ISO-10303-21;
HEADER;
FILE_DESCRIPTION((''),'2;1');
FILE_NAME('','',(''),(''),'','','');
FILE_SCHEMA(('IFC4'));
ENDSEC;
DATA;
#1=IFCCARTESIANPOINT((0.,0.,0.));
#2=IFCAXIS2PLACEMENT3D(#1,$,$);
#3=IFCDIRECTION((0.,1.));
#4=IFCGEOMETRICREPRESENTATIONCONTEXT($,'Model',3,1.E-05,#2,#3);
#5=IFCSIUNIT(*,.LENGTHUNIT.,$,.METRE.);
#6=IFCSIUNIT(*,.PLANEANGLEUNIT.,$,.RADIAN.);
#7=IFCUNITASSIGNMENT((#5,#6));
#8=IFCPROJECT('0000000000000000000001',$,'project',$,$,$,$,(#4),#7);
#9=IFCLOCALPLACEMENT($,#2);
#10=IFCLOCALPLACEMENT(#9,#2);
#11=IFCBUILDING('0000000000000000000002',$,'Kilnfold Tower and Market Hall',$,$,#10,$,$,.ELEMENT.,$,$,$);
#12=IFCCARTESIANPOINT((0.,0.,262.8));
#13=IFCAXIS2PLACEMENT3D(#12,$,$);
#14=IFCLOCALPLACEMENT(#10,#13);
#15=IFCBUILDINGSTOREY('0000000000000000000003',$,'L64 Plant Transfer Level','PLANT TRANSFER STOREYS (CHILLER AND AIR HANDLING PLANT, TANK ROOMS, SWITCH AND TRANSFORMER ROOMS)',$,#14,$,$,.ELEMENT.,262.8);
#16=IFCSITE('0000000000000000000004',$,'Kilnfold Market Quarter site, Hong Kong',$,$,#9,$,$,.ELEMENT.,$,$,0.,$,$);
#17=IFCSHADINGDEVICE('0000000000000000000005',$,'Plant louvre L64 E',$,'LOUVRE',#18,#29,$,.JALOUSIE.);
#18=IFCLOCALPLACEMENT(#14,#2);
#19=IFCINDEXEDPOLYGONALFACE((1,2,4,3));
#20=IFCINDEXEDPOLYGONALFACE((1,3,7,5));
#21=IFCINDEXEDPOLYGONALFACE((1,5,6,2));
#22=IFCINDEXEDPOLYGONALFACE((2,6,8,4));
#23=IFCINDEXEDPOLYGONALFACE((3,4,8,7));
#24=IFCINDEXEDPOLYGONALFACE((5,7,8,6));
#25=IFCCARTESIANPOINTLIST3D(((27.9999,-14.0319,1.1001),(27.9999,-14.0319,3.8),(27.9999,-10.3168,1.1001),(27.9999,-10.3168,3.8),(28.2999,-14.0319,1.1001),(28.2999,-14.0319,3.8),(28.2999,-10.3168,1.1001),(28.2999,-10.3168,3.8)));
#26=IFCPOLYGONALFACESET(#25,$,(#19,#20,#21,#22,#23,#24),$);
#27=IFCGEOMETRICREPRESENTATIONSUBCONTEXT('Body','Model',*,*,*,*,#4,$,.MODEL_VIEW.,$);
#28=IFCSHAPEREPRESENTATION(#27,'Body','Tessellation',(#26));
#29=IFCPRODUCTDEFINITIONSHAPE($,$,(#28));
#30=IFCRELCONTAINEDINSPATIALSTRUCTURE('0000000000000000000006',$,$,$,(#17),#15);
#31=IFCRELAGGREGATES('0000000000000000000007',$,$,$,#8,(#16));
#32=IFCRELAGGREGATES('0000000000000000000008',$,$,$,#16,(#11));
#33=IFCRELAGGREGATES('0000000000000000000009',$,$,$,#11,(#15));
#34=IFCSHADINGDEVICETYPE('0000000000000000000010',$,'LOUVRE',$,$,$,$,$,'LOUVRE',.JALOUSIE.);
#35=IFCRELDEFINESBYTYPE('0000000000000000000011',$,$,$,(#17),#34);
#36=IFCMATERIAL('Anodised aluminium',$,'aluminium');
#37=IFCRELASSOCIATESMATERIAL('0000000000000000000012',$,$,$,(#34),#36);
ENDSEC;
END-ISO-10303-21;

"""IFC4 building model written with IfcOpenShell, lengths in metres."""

from ifc_helpers import new_model, si_unit, direction, frame, origin, origin_2d, place, context, subcontext, project, spatial, rectangle, extrude, source, transform, mapped, material, type_object, element, save


model = new_model("IFC4")

# Units and contexts
model_context = context("Model", 3, precision=1e-05, world=origin(), true_north=direction((0.0, 1.0)))
body_context = subcontext(model_context, "Body", "Model", "MODEL_VIEW")
ifc_project = project(units=[si_unit("LENGTHUNIT", "METRE"), si_unit("PLANEANGLEUNIT", "RADIAN")], contexts=[model_context])

# Site, building, storey
site_placement = place(None, origin())
site = spatial("IfcSite", under=ifc_project, at=site_placement, Name="Kilnfold Market Quarter site, Hong Kong", CompositionType="ELEMENT", RefElevation=0.0)
building_placement = place(site_placement, origin())
building = spatial("IfcBuilding", under=site, at=building_placement, Name="Kilnfold Tower and Market Hall", CompositionType="ELEMENT")
storey_placement = place(building_placement, frame((0.0, 0.0, 262.8)))
storey = spatial("IfcBuildingStorey", under=building, at=storey_placement, Name="L64 Plant Transfer Level", Description="PLANT TRANSFER STOREYS (CHILLER AND AIR HANDLING PLANT, TANK ROOMS, SWITCH AND TRANSFORMER ROOMS)", CompositionType="ELEMENT", Elevation=262.8)

# Shading device
ifc_material_1 = material(Name="Anodised aluminium", Category="aluminium")
shading_device_type_1 = type_object("IfcShadingDeviceType", Name="LOUVRE", ElementType="LOUVRE", PredefinedType="JALOUSIE", material=ifc_material_1)
shared_shape_1 = source(origin(), body_context, "Body", "SweptSolid", [
    extrude(rectangle(XDim=3.7151, YDim=0.3, at=origin_2d()), origin(), (0.0, 0.0, 1.0), 2.7),
])
shading_device_1_placement = place(storey_placement, frame((28.1499, -12.1743, 1.1001), z_axis=(0.0, 0.0, 1.0), x_axis=(0.0, 1.0, 0.0)))
element("IfcShadingDevice", 1, at=shading_device_1_placement, inside=storey, type_object=shading_device_type_1, Name="Plant louvre L64 E", ObjectType="LOUVRE", PredefinedType="JALOUSIE", context=body_context, shape_type="MappedRepresentation", body=[
    mapped(shared_shape_1, transform((0.0, 0.0, 0.0))),
])

save(model, "model.ifc")
